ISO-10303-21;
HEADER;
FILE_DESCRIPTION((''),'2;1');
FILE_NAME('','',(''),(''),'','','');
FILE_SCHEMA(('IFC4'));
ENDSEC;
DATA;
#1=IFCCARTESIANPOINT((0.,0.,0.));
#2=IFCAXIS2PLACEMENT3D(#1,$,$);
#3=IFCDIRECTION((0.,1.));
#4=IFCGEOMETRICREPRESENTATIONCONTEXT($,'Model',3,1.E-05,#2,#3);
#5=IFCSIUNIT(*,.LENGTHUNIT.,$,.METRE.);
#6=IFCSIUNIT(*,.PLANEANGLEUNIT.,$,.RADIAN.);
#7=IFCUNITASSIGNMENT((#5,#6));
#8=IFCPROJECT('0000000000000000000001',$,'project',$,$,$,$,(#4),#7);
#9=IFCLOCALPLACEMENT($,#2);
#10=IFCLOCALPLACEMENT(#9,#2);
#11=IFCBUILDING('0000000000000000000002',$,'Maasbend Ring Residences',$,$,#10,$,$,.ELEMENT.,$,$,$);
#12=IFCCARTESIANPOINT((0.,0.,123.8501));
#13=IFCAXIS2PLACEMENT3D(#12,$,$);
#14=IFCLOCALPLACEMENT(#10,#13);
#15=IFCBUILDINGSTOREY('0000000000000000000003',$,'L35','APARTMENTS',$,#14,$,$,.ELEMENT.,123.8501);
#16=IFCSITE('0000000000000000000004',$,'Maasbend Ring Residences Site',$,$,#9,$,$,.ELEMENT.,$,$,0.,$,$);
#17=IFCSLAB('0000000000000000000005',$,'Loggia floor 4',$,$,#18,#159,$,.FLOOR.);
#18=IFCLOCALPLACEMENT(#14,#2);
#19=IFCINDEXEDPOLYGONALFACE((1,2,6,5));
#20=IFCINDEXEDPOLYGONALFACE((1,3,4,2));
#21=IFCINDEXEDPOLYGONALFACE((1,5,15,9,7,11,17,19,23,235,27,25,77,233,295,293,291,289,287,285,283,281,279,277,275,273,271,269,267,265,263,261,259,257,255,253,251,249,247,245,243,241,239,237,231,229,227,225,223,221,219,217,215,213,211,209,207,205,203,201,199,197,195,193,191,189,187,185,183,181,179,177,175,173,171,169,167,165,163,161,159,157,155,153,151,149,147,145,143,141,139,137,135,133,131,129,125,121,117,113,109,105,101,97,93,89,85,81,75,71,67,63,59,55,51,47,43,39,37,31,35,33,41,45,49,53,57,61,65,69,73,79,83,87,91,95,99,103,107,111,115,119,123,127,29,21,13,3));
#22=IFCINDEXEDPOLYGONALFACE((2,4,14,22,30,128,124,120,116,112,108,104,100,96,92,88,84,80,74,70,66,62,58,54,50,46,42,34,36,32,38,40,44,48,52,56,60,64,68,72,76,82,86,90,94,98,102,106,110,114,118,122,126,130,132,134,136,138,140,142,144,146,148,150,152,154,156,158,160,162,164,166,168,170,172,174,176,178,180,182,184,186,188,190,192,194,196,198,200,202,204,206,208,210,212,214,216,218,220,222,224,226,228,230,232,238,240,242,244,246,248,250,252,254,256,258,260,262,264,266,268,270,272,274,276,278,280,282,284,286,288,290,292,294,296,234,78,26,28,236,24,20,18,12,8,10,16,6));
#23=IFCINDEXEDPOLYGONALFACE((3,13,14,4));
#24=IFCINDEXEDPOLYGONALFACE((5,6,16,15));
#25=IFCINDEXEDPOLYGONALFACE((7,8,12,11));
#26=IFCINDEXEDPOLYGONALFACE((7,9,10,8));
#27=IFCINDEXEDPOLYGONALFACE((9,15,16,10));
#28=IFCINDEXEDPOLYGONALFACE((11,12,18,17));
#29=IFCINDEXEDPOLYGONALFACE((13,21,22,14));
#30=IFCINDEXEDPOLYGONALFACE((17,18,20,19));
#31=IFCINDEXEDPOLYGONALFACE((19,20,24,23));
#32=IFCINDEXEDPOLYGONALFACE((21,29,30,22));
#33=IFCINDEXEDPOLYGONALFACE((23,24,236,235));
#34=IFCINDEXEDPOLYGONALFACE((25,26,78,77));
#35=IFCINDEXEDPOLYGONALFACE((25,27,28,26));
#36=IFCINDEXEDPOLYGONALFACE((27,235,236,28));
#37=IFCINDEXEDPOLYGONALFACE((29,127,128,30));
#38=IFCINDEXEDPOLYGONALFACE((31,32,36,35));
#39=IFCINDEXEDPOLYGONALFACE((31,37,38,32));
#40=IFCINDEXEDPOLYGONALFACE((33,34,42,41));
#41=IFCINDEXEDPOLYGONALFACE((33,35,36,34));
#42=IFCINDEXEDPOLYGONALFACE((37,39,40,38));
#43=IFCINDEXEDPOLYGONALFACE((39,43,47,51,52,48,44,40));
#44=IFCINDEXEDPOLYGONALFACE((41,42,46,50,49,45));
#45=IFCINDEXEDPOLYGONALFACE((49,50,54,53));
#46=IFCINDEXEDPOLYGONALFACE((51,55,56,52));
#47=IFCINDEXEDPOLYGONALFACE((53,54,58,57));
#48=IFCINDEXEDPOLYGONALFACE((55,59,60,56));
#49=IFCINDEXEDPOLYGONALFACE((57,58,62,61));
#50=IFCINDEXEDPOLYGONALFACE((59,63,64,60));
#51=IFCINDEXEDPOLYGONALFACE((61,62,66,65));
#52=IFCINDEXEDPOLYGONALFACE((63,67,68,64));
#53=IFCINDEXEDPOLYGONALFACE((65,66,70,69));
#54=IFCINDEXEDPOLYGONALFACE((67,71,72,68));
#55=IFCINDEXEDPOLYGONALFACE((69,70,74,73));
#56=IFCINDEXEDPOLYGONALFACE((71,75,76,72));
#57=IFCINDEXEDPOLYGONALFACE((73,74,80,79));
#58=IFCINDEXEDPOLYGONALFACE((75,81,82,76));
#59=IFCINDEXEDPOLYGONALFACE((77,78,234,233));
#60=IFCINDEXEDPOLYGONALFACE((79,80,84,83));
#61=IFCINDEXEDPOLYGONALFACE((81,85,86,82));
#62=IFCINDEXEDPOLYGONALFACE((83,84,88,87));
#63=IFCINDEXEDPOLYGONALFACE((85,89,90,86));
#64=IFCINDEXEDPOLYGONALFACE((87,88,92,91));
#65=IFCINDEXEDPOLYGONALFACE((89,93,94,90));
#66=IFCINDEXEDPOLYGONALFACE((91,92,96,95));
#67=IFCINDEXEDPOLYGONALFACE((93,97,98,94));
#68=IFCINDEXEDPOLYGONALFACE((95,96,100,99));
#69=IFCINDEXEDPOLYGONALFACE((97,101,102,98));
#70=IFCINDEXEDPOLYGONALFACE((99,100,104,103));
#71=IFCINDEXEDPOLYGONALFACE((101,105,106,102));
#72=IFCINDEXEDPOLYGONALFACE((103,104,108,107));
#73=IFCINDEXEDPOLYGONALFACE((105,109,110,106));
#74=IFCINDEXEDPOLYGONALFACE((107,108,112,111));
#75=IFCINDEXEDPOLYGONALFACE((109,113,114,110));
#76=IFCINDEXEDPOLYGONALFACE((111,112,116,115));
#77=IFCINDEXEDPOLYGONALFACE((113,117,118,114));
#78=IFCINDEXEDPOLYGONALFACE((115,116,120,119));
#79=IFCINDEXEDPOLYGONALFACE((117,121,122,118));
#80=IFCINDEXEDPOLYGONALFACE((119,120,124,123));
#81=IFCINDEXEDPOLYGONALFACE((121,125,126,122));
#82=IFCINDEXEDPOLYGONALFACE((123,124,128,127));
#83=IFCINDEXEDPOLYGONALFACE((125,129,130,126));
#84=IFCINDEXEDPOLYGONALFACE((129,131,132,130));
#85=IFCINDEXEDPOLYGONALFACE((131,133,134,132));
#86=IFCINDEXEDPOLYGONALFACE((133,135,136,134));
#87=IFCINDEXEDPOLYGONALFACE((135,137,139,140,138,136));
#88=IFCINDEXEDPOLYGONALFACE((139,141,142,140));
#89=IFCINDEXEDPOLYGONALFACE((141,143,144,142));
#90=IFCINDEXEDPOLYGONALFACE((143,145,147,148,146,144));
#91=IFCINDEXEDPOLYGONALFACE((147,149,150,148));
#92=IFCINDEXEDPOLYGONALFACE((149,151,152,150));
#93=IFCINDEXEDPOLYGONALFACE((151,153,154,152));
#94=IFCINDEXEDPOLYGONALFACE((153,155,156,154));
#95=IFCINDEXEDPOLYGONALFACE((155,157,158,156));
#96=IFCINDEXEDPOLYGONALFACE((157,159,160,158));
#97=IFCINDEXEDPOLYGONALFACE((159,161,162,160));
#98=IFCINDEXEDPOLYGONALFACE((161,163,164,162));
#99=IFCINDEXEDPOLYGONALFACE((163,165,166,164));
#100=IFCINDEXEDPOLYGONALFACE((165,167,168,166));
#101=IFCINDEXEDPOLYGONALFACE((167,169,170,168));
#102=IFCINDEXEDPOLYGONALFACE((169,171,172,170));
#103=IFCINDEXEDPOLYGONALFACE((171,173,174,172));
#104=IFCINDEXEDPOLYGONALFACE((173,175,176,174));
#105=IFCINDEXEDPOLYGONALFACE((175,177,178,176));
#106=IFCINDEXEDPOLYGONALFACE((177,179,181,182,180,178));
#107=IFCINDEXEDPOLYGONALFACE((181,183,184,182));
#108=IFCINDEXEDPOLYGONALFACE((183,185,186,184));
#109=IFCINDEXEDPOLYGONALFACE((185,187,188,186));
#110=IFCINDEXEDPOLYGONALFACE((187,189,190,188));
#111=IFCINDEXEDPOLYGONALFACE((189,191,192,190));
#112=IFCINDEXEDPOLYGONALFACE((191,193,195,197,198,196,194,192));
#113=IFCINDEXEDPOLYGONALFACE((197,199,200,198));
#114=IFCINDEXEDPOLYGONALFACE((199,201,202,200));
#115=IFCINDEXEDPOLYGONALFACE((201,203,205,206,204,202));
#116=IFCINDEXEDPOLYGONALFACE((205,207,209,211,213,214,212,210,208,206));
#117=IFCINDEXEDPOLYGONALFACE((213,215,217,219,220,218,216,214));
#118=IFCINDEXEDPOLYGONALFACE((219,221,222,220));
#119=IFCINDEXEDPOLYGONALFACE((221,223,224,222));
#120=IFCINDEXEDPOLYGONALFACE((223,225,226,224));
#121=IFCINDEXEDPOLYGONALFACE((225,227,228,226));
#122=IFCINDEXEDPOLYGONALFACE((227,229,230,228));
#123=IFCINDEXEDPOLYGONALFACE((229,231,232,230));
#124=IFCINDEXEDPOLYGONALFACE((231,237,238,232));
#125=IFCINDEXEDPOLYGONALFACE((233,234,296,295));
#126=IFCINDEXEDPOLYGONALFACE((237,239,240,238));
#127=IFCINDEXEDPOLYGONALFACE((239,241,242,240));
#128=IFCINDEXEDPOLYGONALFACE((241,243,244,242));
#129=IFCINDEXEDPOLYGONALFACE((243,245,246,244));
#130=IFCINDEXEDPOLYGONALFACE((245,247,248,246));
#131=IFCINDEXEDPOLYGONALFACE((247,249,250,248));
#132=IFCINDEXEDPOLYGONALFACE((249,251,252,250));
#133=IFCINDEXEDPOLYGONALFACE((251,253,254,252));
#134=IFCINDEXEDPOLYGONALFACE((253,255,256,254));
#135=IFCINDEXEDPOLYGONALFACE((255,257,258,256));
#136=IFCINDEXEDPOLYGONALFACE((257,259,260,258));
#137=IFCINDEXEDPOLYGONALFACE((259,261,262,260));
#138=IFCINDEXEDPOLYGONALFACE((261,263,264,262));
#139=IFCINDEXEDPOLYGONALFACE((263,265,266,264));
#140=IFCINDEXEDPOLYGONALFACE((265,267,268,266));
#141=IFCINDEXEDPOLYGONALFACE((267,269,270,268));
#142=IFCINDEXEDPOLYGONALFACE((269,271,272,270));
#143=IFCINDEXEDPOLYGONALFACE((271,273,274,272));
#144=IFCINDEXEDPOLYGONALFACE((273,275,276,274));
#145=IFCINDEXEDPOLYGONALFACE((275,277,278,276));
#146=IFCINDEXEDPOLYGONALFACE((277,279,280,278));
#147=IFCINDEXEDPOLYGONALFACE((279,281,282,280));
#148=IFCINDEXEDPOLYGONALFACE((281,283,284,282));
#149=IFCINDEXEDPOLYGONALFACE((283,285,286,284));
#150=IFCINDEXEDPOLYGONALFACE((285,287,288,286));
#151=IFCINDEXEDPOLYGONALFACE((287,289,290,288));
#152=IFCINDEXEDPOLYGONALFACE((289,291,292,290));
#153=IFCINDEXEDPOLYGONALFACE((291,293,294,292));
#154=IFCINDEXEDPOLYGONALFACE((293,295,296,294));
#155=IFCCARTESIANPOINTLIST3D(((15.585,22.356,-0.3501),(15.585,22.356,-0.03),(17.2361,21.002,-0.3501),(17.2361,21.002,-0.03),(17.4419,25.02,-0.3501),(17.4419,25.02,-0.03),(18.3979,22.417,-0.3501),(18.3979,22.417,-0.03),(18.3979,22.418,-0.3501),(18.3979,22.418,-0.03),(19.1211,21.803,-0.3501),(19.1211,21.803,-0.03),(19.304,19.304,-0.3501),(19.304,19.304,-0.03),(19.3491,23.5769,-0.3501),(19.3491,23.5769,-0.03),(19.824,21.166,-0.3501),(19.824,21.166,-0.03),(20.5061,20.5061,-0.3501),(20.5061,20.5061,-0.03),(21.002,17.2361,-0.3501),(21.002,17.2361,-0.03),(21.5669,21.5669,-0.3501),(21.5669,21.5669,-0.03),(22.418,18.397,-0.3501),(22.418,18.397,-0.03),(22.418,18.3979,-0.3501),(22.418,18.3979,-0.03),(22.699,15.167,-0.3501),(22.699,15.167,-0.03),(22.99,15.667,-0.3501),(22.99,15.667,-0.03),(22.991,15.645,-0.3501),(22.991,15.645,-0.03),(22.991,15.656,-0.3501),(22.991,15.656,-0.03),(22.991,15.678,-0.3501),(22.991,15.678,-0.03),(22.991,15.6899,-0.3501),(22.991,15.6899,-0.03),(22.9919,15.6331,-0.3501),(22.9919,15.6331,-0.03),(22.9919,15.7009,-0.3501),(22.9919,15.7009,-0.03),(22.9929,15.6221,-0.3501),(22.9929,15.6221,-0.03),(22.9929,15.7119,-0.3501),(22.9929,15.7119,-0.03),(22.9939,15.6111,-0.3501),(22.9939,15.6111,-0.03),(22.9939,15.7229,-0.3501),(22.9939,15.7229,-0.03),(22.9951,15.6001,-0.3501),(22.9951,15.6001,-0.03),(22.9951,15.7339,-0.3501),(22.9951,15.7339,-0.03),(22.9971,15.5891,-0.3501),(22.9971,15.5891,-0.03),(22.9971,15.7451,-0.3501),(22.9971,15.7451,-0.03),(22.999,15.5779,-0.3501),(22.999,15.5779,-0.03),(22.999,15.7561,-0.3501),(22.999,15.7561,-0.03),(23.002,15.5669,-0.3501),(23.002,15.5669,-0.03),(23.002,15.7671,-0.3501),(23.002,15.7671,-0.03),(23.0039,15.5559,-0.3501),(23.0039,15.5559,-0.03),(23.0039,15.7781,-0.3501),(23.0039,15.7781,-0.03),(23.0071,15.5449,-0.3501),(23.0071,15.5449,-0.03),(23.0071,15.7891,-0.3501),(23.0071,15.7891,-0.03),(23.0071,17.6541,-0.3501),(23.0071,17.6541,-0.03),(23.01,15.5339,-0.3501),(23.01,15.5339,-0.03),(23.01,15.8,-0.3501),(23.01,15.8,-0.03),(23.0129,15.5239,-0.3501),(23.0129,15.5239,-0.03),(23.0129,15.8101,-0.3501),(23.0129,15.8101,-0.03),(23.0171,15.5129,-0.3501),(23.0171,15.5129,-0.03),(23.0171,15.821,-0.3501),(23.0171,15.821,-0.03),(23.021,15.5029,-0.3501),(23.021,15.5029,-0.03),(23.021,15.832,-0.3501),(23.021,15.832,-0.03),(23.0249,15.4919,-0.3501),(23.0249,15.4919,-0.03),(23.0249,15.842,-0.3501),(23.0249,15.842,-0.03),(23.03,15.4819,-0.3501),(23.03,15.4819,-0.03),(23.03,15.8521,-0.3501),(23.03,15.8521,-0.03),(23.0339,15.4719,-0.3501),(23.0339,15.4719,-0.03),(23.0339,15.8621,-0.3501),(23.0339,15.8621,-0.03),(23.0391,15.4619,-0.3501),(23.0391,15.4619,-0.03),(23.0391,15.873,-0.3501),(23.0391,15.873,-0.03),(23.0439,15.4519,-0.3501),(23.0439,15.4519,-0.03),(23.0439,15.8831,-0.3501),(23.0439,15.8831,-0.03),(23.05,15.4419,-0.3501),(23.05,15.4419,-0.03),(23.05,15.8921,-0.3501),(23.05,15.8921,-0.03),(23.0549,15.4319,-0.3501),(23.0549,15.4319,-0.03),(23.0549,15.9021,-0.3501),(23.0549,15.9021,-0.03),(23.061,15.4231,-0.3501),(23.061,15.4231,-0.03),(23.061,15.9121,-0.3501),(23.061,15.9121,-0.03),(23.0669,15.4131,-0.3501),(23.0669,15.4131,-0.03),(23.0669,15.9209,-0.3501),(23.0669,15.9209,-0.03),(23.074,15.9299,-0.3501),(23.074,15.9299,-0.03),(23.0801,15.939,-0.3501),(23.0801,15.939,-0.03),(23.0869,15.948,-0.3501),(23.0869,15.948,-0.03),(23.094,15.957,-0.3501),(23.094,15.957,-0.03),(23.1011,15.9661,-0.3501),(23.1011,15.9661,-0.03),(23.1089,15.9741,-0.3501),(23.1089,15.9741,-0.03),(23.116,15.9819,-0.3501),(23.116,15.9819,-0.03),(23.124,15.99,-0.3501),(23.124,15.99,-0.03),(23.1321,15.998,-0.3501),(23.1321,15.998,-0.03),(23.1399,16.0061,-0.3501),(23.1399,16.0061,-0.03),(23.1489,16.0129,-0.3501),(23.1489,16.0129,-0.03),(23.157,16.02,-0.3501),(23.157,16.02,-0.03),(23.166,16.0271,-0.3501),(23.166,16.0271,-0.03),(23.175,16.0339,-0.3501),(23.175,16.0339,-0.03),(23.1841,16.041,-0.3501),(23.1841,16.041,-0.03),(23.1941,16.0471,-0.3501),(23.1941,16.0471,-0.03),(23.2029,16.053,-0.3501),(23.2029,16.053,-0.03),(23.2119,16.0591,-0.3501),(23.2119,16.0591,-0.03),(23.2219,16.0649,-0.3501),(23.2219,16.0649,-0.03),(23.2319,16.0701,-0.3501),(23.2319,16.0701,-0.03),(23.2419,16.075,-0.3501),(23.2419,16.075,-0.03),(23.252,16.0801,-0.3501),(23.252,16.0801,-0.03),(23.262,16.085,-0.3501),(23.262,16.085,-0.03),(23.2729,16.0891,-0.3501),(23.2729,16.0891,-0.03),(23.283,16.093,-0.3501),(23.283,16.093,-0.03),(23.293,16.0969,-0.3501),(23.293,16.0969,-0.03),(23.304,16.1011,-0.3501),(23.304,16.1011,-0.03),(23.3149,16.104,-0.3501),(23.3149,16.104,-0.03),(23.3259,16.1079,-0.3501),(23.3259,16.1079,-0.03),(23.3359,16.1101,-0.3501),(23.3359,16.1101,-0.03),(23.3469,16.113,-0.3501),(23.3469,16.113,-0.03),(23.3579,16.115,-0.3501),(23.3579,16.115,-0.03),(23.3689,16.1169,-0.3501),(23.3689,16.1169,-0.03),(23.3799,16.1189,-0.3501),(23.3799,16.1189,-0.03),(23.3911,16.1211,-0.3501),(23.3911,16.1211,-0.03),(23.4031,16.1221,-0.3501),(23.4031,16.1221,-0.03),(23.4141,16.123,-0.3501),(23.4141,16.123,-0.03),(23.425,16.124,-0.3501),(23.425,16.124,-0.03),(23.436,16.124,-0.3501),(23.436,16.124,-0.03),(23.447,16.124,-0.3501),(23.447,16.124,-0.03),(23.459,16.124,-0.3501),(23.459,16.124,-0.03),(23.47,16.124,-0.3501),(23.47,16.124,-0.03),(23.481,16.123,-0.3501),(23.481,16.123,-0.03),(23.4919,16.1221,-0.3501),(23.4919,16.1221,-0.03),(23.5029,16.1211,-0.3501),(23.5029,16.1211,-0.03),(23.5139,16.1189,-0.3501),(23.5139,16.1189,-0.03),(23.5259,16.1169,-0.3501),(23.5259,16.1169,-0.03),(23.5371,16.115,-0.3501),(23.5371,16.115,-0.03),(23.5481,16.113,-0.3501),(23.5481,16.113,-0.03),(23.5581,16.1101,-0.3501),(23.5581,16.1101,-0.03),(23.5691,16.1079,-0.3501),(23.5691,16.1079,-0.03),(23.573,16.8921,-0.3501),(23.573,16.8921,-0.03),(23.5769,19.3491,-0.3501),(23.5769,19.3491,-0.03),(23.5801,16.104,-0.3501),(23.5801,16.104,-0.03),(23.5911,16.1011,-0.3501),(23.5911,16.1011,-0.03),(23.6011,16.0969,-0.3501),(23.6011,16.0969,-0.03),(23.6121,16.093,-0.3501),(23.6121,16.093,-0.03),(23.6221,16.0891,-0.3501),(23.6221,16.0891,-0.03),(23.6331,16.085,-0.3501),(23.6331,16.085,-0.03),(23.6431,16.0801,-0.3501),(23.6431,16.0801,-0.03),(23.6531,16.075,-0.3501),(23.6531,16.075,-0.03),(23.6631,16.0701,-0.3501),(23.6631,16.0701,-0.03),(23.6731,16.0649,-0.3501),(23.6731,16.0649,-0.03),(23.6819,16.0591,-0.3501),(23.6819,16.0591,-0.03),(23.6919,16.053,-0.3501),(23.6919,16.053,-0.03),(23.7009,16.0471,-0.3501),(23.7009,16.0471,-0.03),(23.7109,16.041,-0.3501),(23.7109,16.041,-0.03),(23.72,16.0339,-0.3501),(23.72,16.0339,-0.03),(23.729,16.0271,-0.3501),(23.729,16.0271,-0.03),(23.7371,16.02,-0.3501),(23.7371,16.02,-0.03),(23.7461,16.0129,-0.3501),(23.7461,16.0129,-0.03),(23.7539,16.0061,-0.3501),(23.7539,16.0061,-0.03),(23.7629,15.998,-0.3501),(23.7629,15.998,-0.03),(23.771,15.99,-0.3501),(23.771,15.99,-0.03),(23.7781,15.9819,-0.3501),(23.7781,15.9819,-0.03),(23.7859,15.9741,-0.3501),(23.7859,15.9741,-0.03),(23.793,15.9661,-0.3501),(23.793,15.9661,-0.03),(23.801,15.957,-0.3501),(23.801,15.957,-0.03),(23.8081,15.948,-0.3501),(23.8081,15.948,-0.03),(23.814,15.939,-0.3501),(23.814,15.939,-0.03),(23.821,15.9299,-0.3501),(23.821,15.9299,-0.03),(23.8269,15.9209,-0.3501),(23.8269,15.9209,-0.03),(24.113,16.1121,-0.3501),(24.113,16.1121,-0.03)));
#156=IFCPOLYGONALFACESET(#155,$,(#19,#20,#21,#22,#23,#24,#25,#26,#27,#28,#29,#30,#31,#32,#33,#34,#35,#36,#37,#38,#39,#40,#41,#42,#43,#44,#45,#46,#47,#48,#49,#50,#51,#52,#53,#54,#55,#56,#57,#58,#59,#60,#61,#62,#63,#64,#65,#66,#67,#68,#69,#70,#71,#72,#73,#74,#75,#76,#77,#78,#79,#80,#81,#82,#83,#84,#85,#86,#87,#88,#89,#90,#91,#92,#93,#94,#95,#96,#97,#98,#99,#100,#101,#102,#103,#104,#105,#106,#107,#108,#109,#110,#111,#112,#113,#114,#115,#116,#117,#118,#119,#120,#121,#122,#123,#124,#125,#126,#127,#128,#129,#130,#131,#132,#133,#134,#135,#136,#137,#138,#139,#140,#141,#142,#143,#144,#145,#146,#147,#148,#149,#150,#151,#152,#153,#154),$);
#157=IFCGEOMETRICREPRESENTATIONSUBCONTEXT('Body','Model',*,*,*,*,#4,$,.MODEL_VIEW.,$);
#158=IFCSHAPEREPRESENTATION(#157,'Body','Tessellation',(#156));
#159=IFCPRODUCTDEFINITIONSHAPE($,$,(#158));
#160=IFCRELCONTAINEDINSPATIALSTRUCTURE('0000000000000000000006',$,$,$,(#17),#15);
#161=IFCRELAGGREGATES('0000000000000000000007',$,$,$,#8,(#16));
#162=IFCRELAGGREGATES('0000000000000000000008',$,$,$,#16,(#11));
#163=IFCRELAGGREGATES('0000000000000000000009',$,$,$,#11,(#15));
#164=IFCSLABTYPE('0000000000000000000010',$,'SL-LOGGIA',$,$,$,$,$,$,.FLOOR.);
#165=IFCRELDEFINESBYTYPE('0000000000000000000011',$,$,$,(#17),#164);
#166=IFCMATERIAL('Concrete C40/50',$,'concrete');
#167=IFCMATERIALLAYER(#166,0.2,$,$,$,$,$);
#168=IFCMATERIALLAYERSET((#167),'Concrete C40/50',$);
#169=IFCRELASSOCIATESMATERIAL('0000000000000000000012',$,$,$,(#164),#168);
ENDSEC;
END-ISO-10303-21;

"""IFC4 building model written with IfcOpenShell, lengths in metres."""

from ifc_helpers import new_model, si_unit, direction, frame, origin, place, context, subcontext, project, spatial, polyline, outline, extrude, material, layer, layer_set, type_object, element, save


model = new_model("IFC4")

# Units and contexts
model_context = context("Model", 3, precision=1e-05, world=origin(), true_north=direction((0.0, 1.0)))
body_context = subcontext(model_context, "Body", "Model", "MODEL_VIEW")
ifc_project = project(units=[si_unit("LENGTHUNIT", "METRE"), si_unit("PLANEANGLEUNIT", "RADIAN")], contexts=[model_context])

# Site, building, storey
site_placement = place(None, origin())
site = spatial("IfcSite", under=ifc_project, at=site_placement, Name="Maasbend Ring Residences Site", CompositionType="ELEMENT", RefElevation=0.0)
building_placement = place(site_placement, origin())
building = spatial("IfcBuilding", under=site, at=building_placement, Name="Maasbend Ring Residences", CompositionType="ELEMENT")
storey_placement = place(building_placement, frame((0.0, 0.0, 123.8501)))
storey = spatial("IfcBuildingStorey", under=building, at=storey_placement, Name="L35", Description="APARTMENTS", CompositionType="ELEMENT", Elevation=123.8501)

# Slab
ifc_material_1 = material(Name="Concrete C40/50", Category="concrete")
ifc_layer_1 = layer(ifc_material_1, 0.2)
ifc_layer_set_1 = layer_set([ifc_layer_1], Name="Concrete C40/50")
slab_type_1 = type_object("IfcSlabType", Name="SL-LOGGIA", PredefinedType="FLOOR", material=ifc_layer_set_1)
slab_1_placement = place(storey_placement, frame((0.0, 0.0, -0.3501)))
element("IfcSlab", 1, at=slab_1_placement, inside=storey, type_object=slab_type_1, Name="Loggia floor 4", PredefinedType="FLOOR", context=body_context, shape_type="SweptSolid", body=[
    extrude(outline(polyline([(19.3491, 23.5769), (19.3491, 23.5769), (19.3491, 23.5769), (18.3979, 22.418), (18.3979, 22.418), (18.3979, 22.418), (18.3979, 22.418), (18.3979, 22.418), (18.3979, 22.417), (18.3979, 22.417), (18.3979, 22.417), (18.3979, 22.417), (18.3979, 22.417), (18.3979, 22.417), (18.3979, 22.417), (18.3979, 22.417), (18.3979, 22.417), (18.3979, 22.417), (18.3979, 22.417), (18.3979, 22.417), (19.1211, 21.803), (19.1211, 21.803), (19.824, 21.166), (19.824, 21.166), (20.5061, 20.5061), (20.5061, 20.5061), (20.5061, 20.5061), (20.5061, 20.5061), (20.5061, 20.5061), (20.5061, 20.5061), (20.5061, 20.5061), (20.5061, 20.5061), (20.5061, 20.5061), (20.5061, 20.5061), (20.5061, 20.5061), (20.5061, 20.5061), (20.5061, 20.5061), (20.5061, 20.5061), (20.5061, 20.5061), (20.5061, 20.5061), (20.5061, 20.5061), (21.5669, 21.5669), (21.5669, 21.5669), (21.5669, 21.5669), (23.5769, 19.3491), (23.5769, 19.3491), (23.5769, 19.3491), (22.418, 18.3979), (22.418, 18.3979), (22.418, 18.3979), (22.418, 18.3979), (22.418, 18.3979), (22.418, 18.3979), (22.418, 18.397), (22.418, 18.397), (22.418, 18.397), (22.418, 18.397), (22.418, 18.397), (22.418, 18.397), (22.418, 18.397), (22.418, 18.397), (22.418, 18.397), (22.418, 18.397), (22.418, 18.397), (23.0071, 17.6541), (23.0071, 17.6541), (23.573, 16.8921), (23.573, 16.8921), (24.113, 16.1121), (24.113, 16.1121), (24.113, 16.1121), (23.8269, 15.9209), (23.8269, 15.9209), (23.821, 15.9299), (23.814, 15.939), (23.8081, 15.948), (23.801, 15.957), (23.793, 15.9661), (23.7859, 15.9741), (23.7781, 15.9819), (23.771, 15.99), (23.7629, 15.998), (23.7539, 16.0061), (23.7461, 16.0129), (23.7371, 16.02), (23.729, 16.0271), (23.72, 16.0339), (23.7109, 16.041), (23.7009, 16.0471), (23.6919, 16.053), (23.6819, 16.0591), (23.6731, 16.0649), (23.6631, 16.0701), (23.6531, 16.075), (23.6431, 16.0801), (23.6331, 16.085), (23.6221, 16.0891), (23.6121, 16.093), (23.6011, 16.0969), (23.5911, 16.1011), (23.5801, 16.104), (23.5691, 16.1079), (23.5581, 16.1101), (23.5481, 16.113), (23.5371, 16.115), (23.5259, 16.1169), (23.5139, 16.1189), (23.5029, 16.1211), (23.4919, 16.1221), (23.481, 16.123), (23.47, 16.124), (23.459, 16.124), (23.447, 16.124), (23.436, 16.124), (23.425, 16.124), (23.4141, 16.123), (23.4031, 16.1221), (23.3911, 16.1211), (23.3799, 16.1189), (23.3689, 16.1169), (23.3579, 16.115), (23.3469, 16.113), (23.3359, 16.1101), (23.3259, 16.1079), (23.3149, 16.104), (23.304, 16.1011), (23.293, 16.0969), (23.283, 16.093), (23.2729, 16.0891), (23.262, 16.085), (23.252, 16.0801), (23.2419, 16.075), (23.2319, 16.0701), (23.2219, 16.0649), (23.2119, 16.0591), (23.2029, 16.053), (23.1941, 16.0471), (23.1841, 16.041), (23.175, 16.0339), (23.166, 16.0271), (23.157, 16.02), (23.1489, 16.0129), (23.1399, 16.0061), (23.1321, 15.998), (23.124, 15.99), (23.116, 15.9819), (23.1089, 15.9741), (23.1011, 15.9661), (23.094, 15.957), (23.0869, 15.948), (23.0801, 15.939), (23.074, 15.9299), (23.0669, 15.9209), (23.061, 15.9121), (23.0549, 15.9021), (23.05, 15.8921), (23.0439, 15.8831), (23.0391, 15.873), (23.0339, 15.8621), (23.03, 15.8521), (23.0249, 15.842), (23.021, 15.832), (23.0171, 15.821), (23.0129, 15.8101), (23.01, 15.8), (23.0071, 15.7891), (23.0039, 15.7781), (23.002, 15.7671), (22.999, 15.7561), (22.9971, 15.7451), (22.9951, 15.7339), (22.9939, 15.7229), (22.9929, 15.7119), (22.9919, 15.7009), (22.991, 15.6899), (22.991, 15.678), (22.99, 15.667), (22.991, 15.656), (22.991, 15.645), (22.9919, 15.6331), (22.9929, 15.6221), (22.9939, 15.6111), (22.9951, 15.6001), (22.9971, 15.5891), (22.999, 15.5779), (23.002, 15.5669), (23.0039, 15.5559), (23.0071, 15.5449), (23.01, 15.5339), (23.0129, 15.5239), (23.0171, 15.5129), (23.021, 15.5029), (23.0249, 15.4919), (23.03, 15.4819), (23.0339, 15.4719), (23.0391, 15.4619), (23.0439, 15.4519), (23.05, 15.4419), (23.0549, 15.4319), (23.061, 15.4231), (23.0669, 15.4131), (23.0669, 15.4131), (22.699, 15.167), (22.699, 15.167), (22.699, 15.167), (21.002, 17.2361), (19.304, 19.304), (19.304, 19.304), (19.304, 19.304), (17.2361, 21.002), (15.585, 22.356), (15.585, 22.356), (15.585, 22.356), (17.4419, 25.02), (17.4419, 25.02), (17.4419, 25.02), (19.3491, 23.5769)])), origin(), (0.0, 0.0, 1.0), 0.3201),
])

save(model, "model.ifc")
